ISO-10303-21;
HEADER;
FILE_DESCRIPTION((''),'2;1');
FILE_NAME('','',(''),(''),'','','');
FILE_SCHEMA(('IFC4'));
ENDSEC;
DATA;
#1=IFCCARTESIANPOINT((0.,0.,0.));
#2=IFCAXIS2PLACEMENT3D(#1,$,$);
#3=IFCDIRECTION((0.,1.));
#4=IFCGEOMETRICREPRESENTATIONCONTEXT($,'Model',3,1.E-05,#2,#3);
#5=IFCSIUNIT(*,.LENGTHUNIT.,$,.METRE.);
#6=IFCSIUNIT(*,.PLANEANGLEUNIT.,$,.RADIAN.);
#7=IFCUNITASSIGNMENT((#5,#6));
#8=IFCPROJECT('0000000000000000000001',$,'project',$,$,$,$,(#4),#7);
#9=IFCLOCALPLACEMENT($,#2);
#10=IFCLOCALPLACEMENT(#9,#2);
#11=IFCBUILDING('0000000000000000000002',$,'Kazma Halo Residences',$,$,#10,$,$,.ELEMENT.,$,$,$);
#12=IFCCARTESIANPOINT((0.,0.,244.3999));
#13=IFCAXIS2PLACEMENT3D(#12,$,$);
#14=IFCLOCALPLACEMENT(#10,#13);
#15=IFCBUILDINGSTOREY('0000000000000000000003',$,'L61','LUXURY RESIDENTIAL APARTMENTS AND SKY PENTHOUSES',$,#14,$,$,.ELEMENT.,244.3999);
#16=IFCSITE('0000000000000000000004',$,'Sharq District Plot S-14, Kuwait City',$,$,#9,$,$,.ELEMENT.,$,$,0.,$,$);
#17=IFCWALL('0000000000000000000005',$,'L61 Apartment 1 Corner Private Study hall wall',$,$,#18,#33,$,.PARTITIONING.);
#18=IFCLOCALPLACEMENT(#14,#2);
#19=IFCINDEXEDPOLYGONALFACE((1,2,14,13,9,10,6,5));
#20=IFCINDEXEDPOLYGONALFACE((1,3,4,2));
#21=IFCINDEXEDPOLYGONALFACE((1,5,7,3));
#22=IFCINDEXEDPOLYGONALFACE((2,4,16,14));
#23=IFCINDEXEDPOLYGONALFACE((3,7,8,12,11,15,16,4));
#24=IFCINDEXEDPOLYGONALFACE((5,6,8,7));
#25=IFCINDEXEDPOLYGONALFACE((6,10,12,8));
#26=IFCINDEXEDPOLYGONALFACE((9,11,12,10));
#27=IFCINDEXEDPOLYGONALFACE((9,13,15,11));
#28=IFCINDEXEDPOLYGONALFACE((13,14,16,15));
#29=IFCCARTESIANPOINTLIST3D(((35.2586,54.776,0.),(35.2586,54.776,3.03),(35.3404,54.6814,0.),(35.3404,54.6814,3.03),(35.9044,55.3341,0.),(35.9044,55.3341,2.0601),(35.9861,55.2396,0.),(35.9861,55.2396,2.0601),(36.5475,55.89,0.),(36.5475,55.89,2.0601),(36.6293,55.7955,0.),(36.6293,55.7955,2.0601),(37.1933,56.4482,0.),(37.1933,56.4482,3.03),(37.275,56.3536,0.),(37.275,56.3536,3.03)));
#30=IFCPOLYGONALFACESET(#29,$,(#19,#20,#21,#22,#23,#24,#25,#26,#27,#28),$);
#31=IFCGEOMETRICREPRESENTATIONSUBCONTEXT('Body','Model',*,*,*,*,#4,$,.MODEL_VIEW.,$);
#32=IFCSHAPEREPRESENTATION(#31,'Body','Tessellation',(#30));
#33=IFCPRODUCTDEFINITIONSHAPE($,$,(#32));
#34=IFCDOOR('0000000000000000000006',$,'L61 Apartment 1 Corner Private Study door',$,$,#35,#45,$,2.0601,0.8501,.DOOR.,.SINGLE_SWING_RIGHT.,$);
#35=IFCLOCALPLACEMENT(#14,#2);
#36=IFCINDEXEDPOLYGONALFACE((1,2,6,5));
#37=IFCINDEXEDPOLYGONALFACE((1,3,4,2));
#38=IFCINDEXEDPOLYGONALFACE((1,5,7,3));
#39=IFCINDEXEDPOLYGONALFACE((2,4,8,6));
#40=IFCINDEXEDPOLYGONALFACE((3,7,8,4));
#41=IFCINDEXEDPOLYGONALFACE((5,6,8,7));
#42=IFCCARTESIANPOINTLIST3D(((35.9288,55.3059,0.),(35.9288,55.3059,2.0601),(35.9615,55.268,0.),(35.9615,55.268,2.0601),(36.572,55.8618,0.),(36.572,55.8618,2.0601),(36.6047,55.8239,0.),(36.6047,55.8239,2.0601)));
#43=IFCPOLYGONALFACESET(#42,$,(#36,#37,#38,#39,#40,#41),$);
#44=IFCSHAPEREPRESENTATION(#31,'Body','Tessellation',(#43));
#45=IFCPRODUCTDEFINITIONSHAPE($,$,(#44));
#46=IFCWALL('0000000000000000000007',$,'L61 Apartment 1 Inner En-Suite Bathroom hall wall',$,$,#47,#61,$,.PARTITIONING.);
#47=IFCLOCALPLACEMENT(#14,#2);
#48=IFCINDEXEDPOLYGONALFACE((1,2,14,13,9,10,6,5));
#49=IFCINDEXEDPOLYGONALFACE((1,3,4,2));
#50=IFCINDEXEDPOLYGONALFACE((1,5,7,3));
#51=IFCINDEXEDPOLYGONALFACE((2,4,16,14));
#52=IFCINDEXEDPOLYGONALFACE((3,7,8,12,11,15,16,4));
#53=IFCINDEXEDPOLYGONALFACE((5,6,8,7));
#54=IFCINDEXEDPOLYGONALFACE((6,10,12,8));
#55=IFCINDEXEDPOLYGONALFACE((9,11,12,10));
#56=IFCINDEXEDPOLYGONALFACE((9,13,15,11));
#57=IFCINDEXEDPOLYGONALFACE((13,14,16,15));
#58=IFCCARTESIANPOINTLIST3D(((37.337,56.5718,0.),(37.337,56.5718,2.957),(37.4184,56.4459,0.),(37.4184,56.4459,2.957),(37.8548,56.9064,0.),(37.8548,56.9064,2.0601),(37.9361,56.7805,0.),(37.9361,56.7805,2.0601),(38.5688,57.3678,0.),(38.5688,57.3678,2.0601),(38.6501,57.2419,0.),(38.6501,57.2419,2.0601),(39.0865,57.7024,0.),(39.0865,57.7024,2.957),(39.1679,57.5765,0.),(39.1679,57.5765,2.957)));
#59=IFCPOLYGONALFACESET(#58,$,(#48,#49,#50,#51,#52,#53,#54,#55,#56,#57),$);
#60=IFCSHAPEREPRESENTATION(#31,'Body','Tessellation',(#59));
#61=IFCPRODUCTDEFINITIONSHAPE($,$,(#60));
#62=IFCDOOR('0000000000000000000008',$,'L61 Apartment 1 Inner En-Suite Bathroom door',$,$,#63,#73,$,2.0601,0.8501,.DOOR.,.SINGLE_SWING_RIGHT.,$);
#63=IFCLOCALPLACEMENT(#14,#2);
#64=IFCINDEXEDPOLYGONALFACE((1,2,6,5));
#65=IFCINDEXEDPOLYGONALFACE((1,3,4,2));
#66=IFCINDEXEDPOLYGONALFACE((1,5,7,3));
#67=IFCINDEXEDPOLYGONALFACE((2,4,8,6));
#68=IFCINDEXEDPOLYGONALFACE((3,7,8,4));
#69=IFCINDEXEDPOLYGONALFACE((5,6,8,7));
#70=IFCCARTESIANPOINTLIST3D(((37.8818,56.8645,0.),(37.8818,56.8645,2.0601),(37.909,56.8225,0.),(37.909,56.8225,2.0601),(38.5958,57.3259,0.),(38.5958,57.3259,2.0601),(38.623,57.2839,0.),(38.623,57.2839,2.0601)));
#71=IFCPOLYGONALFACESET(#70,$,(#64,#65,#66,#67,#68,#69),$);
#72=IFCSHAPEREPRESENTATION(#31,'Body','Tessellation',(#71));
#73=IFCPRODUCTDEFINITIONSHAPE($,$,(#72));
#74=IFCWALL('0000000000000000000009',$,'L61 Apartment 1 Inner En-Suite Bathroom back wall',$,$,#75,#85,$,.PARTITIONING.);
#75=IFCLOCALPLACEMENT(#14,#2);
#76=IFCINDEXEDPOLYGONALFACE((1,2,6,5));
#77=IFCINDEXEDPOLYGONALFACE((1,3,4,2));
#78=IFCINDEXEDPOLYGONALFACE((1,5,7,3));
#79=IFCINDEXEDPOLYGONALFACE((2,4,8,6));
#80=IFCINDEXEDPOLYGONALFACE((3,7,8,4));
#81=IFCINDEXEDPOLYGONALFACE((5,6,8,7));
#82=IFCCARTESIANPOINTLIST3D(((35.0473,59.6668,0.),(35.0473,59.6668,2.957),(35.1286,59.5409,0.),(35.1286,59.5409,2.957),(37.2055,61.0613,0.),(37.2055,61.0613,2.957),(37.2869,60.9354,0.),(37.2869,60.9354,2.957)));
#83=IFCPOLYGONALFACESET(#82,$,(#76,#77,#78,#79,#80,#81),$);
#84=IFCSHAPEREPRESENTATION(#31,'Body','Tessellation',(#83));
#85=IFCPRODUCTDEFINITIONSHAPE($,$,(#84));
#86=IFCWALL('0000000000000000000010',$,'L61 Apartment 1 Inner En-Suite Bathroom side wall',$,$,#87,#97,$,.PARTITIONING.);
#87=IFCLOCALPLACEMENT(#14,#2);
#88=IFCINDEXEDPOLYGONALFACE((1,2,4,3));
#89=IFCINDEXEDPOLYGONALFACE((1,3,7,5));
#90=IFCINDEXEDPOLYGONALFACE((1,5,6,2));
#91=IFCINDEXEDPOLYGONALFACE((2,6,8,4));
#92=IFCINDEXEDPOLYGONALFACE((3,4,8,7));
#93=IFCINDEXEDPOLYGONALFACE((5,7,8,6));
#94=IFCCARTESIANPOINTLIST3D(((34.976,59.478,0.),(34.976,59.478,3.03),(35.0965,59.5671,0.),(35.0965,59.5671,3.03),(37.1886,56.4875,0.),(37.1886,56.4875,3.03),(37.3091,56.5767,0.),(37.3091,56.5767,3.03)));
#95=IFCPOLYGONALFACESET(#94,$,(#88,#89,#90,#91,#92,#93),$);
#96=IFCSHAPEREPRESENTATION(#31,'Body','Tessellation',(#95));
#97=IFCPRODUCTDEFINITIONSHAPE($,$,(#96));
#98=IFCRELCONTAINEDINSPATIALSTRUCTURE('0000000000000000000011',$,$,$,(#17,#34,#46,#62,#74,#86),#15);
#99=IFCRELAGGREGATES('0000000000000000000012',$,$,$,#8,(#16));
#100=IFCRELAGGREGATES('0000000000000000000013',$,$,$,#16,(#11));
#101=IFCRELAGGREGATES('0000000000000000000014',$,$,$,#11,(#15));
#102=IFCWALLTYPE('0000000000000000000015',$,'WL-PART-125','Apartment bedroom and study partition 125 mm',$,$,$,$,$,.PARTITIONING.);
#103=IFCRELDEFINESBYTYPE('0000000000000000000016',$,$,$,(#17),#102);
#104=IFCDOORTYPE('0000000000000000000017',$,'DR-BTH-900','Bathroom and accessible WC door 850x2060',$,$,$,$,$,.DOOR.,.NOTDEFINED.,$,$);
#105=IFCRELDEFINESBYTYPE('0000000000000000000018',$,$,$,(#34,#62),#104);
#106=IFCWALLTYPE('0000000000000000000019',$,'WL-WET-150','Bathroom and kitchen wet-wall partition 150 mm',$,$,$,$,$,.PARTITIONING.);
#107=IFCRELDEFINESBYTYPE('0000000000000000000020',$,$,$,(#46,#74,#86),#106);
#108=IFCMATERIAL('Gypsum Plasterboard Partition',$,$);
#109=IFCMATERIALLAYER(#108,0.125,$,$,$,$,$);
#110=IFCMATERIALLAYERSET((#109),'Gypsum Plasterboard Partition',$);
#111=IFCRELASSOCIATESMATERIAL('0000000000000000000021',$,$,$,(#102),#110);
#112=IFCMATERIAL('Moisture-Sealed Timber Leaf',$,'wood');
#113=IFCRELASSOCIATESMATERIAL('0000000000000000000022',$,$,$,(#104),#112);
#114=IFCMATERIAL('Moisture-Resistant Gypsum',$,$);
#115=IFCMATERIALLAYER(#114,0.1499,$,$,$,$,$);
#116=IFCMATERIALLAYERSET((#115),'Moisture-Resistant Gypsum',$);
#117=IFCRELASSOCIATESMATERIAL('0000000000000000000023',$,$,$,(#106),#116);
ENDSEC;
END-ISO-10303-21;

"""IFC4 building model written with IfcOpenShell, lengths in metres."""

from ifc_helpers import new_model, si_unit, direction, frame, frame_2d, origin, place, context, subcontext, project, spatial, rectangle, extrude, material, layer, layer_set, type_object, element, fill, save


model = new_model("IFC4")

# Units and contexts
model_context = context("Model", 3, precision=1e-05, world=origin(), true_north=direction((0.0, 1.0)))
body_context = subcontext(model_context, "Body", "Model", "MODEL_VIEW")
ifc_project = project(units=[si_unit("LENGTHUNIT", "METRE"), si_unit("PLANEANGLEUNIT", "RADIAN")], contexts=[model_context])

# Site, building, storey
site_placement = place(None, origin())
site = spatial("IfcSite", under=ifc_project, at=site_placement, Name="Sharq District Plot S-14, Kuwait City", CompositionType="ELEMENT", RefElevation=0.0)
building_placement = place(site_placement, origin())
building = spatial("IfcBuilding", under=site, at=building_placement, Name="Kazma Halo Residences", CompositionType="ELEMENT")
storey_placement = place(building_placement, frame((0.0, 0.0, 244.3999)))
storey = spatial("IfcBuildingStorey", under=building, at=storey_placement, Name="L61", Description="LUXURY RESIDENTIAL APARTMENTS AND SKY PENTHOUSES", CompositionType="ELEMENT", Elevation=244.3999)

# Shared definitions
ifc_material_1 = material(Name="Gypsum Plasterboard Partition")
ifc_layer_1 = layer(ifc_material_1, 0.125)
ifc_layer_set_1 = layer_set([ifc_layer_1], Name="Gypsum Plasterboard Partition")
wall_type_1 = type_object("IfcWallType", Name="WL-PART-125", Description="Apartment bedroom and study partition 125 mm", PredefinedType="PARTITIONING", material=ifc_layer_set_1)

# Walls, openings, doors
wall_1_placement = place(storey_placement, frame((37.2341, 56.4009, 0.0), z_axis=(0.0, 0.0, 1.0), x_axis=(-0.756561, -0.653923, 0.0)))
wall_1 = element("IfcWall", 1, at=wall_1_placement, inside=storey, type_object=wall_type_1, Name="L61 Apartment 1 Corner Private Study hall wall", PredefinedType="PARTITIONING", context=body_context, shape_type="SweptSolid", body=[
    extrude(rectangle(XDim=2.5571, YDim=0.125, at=frame_2d((1.2786, 0.0))), origin(), (0.0, 0.0, 1.0), 3.03),
])
opening_1_placement = place(wall_1_placement, frame((0.8535, 0.0, 0.0)))
opening_1 = element("IfcOpeningElement", 2, at=opening_1_placement, cuts=wall_1, PredefinedType="OPENING", context=body_context, shape_type="SweptSolid", body=[
    extrude(rectangle(XDim=0.8501, YDim=2.0601, at=frame_2d((0.425, 1.03))), frame((0.0, 0.0725, 0.0), z_axis=(0.0, -1.0, 0.0), x_axis=(1.0, 0.0, 0.0)), (0.0, 0.0, 1.0), 0.145),
])
ifc_material_2 = material(Name="Moisture-Sealed Timber Leaf", Category="wood")
door_type_1 = type_object("IfcDoorType", Name="DR-BTH-900", Description="Bathroom and accessible WC door 850x2060", OperationType="NOTDEFINED", PredefinedType="DOOR", material=ifc_material_2)
door_1_placement = place(opening_1_placement, origin())
door_1 = element("IfcDoor", 3, at=door_1_placement, inside=storey, type_object=door_type_1, Name="L61 Apartment 1 Corner Private Study door", OperationType="SINGLE_SWING_RIGHT", OverallHeight=2.0601, OverallWidth=0.8501, PredefinedType="DOOR", context=body_context, shape_type="SweptSolid", body=[
    extrude(rectangle(XDim=0.8501, YDim=2.0601, at=frame_2d((0.425, 1.03))), frame((0.0, 0.0249, 0.0), z_axis=(0.0, -1.0, 0.0), x_axis=(1.0, 0.0, 0.0)), (0.0, 0.0, 1.0), 0.05),
])
fill(opening_1, door_1)
ifc_material_3 = material(Name="Moisture-Resistant Gypsum")
ifc_layer_2 = layer(ifc_material_3, 0.1499)
ifc_layer_set_2 = layer_set([ifc_layer_2], Name="Moisture-Resistant Gypsum")
wall_type_2 = type_object("IfcWallType", Name="WL-WET-150", Description="Bathroom and kitchen wet-wall partition 150 mm", PredefinedType="PARTITIONING", material=ifc_layer_set_2)
wall_2_placement = place(storey_placement, frame((39.1272, 57.6394, 0.0), z_axis=(0.0, 0.0, 1.0), x_axis=(-0.839881, -0.54277, 0.0)))
wall_2 = element("IfcWall", 4, at=wall_2_placement, inside=storey, type_object=wall_type_2, Name="L61 Apartment 1 Inner En-Suite Bathroom hall wall", PredefinedType="PARTITIONING", context=body_context, shape_type="SweptSolid", body=[
    extrude(rectangle(XDim=2.083, YDim=0.1499, at=frame_2d((1.0415, 0.0))), origin(), (0.0, 0.0, 1.0), 2.957),
])
opening_2_placement = place(wall_2_placement, frame((0.6165, 0.0, 0.0)))
opening_2 = element("IfcOpeningElement", 5, at=opening_2_placement, cuts=wall_2, PredefinedType="OPENING", context=body_context, shape_type="SweptSolid", body=[
    extrude(rectangle(XDim=0.8501, YDim=2.0601, at=frame_2d((0.425, 1.03))), frame((0.0, 0.085, 0.0), z_axis=(0.0, -1.0, 0.0), x_axis=(1.0, 0.0, 0.0)), (0.0, 0.0, 1.0), 0.1699),
])
door_2_placement = place(opening_2_placement, origin())
door_2 = element("IfcDoor", 6, at=door_2_placement, inside=storey, type_object=door_type_1, Name="L61 Apartment 1 Inner En-Suite Bathroom door", OperationType="SINGLE_SWING_RIGHT", OverallHeight=2.0601, OverallWidth=0.8501, PredefinedType="DOOR", context=body_context, shape_type="SweptSolid", body=[
    extrude(rectangle(XDim=0.8501, YDim=2.0601, at=frame_2d((0.425, 1.03))), frame((0.0, 0.0249, 0.0), z_axis=(0.0, -1.0, 0.0), x_axis=(1.0, 0.0, 0.0)), (0.0, 0.0, 1.0), 0.05),
])
fill(opening_2, door_2)

# Walls
wall_3_placement = place(storey_placement, frame((37.2461, 60.9983, 0.0), z_axis=(0.0, 0.0, 1.0), x_axis=(-0.839917, -0.542715, 0.0)))
element("IfcWall", 7, at=wall_3_placement, inside=storey, type_object=wall_type_2, Name="L61 Apartment 1 Inner En-Suite Bathroom back wall", PredefinedType="PARTITIONING", context=body_context, shape_type="SweptSolid", body=[
    extrude(rectangle(XDim=2.5696, YDim=0.1499, at=frame_2d((1.2847, 0.0))), origin(), (0.0, 0.0, 1.0), 2.957),
])
wall_4_placement = place(storey_placement, frame((37.2488, 56.5322, 0.0), z_axis=(0.0, 0.0, 1.0), x_axis=(-0.59479, 0.803881, 0.0)))
element("IfcWall", 8, at=wall_4_placement, inside=storey, type_object=wall_type_2, Name="L61 Apartment 1 Inner En-Suite Bathroom side wall", PredefinedType="PARTITIONING", context=body_context, shape_type="SweptSolid", body=[
    extrude(rectangle(XDim=3.72, YDim=0.1499, at=frame_2d((1.8599, 0.0))), origin(), (0.0, 0.0, 1.0), 3.03),
])

save(model, "model.ifc")
